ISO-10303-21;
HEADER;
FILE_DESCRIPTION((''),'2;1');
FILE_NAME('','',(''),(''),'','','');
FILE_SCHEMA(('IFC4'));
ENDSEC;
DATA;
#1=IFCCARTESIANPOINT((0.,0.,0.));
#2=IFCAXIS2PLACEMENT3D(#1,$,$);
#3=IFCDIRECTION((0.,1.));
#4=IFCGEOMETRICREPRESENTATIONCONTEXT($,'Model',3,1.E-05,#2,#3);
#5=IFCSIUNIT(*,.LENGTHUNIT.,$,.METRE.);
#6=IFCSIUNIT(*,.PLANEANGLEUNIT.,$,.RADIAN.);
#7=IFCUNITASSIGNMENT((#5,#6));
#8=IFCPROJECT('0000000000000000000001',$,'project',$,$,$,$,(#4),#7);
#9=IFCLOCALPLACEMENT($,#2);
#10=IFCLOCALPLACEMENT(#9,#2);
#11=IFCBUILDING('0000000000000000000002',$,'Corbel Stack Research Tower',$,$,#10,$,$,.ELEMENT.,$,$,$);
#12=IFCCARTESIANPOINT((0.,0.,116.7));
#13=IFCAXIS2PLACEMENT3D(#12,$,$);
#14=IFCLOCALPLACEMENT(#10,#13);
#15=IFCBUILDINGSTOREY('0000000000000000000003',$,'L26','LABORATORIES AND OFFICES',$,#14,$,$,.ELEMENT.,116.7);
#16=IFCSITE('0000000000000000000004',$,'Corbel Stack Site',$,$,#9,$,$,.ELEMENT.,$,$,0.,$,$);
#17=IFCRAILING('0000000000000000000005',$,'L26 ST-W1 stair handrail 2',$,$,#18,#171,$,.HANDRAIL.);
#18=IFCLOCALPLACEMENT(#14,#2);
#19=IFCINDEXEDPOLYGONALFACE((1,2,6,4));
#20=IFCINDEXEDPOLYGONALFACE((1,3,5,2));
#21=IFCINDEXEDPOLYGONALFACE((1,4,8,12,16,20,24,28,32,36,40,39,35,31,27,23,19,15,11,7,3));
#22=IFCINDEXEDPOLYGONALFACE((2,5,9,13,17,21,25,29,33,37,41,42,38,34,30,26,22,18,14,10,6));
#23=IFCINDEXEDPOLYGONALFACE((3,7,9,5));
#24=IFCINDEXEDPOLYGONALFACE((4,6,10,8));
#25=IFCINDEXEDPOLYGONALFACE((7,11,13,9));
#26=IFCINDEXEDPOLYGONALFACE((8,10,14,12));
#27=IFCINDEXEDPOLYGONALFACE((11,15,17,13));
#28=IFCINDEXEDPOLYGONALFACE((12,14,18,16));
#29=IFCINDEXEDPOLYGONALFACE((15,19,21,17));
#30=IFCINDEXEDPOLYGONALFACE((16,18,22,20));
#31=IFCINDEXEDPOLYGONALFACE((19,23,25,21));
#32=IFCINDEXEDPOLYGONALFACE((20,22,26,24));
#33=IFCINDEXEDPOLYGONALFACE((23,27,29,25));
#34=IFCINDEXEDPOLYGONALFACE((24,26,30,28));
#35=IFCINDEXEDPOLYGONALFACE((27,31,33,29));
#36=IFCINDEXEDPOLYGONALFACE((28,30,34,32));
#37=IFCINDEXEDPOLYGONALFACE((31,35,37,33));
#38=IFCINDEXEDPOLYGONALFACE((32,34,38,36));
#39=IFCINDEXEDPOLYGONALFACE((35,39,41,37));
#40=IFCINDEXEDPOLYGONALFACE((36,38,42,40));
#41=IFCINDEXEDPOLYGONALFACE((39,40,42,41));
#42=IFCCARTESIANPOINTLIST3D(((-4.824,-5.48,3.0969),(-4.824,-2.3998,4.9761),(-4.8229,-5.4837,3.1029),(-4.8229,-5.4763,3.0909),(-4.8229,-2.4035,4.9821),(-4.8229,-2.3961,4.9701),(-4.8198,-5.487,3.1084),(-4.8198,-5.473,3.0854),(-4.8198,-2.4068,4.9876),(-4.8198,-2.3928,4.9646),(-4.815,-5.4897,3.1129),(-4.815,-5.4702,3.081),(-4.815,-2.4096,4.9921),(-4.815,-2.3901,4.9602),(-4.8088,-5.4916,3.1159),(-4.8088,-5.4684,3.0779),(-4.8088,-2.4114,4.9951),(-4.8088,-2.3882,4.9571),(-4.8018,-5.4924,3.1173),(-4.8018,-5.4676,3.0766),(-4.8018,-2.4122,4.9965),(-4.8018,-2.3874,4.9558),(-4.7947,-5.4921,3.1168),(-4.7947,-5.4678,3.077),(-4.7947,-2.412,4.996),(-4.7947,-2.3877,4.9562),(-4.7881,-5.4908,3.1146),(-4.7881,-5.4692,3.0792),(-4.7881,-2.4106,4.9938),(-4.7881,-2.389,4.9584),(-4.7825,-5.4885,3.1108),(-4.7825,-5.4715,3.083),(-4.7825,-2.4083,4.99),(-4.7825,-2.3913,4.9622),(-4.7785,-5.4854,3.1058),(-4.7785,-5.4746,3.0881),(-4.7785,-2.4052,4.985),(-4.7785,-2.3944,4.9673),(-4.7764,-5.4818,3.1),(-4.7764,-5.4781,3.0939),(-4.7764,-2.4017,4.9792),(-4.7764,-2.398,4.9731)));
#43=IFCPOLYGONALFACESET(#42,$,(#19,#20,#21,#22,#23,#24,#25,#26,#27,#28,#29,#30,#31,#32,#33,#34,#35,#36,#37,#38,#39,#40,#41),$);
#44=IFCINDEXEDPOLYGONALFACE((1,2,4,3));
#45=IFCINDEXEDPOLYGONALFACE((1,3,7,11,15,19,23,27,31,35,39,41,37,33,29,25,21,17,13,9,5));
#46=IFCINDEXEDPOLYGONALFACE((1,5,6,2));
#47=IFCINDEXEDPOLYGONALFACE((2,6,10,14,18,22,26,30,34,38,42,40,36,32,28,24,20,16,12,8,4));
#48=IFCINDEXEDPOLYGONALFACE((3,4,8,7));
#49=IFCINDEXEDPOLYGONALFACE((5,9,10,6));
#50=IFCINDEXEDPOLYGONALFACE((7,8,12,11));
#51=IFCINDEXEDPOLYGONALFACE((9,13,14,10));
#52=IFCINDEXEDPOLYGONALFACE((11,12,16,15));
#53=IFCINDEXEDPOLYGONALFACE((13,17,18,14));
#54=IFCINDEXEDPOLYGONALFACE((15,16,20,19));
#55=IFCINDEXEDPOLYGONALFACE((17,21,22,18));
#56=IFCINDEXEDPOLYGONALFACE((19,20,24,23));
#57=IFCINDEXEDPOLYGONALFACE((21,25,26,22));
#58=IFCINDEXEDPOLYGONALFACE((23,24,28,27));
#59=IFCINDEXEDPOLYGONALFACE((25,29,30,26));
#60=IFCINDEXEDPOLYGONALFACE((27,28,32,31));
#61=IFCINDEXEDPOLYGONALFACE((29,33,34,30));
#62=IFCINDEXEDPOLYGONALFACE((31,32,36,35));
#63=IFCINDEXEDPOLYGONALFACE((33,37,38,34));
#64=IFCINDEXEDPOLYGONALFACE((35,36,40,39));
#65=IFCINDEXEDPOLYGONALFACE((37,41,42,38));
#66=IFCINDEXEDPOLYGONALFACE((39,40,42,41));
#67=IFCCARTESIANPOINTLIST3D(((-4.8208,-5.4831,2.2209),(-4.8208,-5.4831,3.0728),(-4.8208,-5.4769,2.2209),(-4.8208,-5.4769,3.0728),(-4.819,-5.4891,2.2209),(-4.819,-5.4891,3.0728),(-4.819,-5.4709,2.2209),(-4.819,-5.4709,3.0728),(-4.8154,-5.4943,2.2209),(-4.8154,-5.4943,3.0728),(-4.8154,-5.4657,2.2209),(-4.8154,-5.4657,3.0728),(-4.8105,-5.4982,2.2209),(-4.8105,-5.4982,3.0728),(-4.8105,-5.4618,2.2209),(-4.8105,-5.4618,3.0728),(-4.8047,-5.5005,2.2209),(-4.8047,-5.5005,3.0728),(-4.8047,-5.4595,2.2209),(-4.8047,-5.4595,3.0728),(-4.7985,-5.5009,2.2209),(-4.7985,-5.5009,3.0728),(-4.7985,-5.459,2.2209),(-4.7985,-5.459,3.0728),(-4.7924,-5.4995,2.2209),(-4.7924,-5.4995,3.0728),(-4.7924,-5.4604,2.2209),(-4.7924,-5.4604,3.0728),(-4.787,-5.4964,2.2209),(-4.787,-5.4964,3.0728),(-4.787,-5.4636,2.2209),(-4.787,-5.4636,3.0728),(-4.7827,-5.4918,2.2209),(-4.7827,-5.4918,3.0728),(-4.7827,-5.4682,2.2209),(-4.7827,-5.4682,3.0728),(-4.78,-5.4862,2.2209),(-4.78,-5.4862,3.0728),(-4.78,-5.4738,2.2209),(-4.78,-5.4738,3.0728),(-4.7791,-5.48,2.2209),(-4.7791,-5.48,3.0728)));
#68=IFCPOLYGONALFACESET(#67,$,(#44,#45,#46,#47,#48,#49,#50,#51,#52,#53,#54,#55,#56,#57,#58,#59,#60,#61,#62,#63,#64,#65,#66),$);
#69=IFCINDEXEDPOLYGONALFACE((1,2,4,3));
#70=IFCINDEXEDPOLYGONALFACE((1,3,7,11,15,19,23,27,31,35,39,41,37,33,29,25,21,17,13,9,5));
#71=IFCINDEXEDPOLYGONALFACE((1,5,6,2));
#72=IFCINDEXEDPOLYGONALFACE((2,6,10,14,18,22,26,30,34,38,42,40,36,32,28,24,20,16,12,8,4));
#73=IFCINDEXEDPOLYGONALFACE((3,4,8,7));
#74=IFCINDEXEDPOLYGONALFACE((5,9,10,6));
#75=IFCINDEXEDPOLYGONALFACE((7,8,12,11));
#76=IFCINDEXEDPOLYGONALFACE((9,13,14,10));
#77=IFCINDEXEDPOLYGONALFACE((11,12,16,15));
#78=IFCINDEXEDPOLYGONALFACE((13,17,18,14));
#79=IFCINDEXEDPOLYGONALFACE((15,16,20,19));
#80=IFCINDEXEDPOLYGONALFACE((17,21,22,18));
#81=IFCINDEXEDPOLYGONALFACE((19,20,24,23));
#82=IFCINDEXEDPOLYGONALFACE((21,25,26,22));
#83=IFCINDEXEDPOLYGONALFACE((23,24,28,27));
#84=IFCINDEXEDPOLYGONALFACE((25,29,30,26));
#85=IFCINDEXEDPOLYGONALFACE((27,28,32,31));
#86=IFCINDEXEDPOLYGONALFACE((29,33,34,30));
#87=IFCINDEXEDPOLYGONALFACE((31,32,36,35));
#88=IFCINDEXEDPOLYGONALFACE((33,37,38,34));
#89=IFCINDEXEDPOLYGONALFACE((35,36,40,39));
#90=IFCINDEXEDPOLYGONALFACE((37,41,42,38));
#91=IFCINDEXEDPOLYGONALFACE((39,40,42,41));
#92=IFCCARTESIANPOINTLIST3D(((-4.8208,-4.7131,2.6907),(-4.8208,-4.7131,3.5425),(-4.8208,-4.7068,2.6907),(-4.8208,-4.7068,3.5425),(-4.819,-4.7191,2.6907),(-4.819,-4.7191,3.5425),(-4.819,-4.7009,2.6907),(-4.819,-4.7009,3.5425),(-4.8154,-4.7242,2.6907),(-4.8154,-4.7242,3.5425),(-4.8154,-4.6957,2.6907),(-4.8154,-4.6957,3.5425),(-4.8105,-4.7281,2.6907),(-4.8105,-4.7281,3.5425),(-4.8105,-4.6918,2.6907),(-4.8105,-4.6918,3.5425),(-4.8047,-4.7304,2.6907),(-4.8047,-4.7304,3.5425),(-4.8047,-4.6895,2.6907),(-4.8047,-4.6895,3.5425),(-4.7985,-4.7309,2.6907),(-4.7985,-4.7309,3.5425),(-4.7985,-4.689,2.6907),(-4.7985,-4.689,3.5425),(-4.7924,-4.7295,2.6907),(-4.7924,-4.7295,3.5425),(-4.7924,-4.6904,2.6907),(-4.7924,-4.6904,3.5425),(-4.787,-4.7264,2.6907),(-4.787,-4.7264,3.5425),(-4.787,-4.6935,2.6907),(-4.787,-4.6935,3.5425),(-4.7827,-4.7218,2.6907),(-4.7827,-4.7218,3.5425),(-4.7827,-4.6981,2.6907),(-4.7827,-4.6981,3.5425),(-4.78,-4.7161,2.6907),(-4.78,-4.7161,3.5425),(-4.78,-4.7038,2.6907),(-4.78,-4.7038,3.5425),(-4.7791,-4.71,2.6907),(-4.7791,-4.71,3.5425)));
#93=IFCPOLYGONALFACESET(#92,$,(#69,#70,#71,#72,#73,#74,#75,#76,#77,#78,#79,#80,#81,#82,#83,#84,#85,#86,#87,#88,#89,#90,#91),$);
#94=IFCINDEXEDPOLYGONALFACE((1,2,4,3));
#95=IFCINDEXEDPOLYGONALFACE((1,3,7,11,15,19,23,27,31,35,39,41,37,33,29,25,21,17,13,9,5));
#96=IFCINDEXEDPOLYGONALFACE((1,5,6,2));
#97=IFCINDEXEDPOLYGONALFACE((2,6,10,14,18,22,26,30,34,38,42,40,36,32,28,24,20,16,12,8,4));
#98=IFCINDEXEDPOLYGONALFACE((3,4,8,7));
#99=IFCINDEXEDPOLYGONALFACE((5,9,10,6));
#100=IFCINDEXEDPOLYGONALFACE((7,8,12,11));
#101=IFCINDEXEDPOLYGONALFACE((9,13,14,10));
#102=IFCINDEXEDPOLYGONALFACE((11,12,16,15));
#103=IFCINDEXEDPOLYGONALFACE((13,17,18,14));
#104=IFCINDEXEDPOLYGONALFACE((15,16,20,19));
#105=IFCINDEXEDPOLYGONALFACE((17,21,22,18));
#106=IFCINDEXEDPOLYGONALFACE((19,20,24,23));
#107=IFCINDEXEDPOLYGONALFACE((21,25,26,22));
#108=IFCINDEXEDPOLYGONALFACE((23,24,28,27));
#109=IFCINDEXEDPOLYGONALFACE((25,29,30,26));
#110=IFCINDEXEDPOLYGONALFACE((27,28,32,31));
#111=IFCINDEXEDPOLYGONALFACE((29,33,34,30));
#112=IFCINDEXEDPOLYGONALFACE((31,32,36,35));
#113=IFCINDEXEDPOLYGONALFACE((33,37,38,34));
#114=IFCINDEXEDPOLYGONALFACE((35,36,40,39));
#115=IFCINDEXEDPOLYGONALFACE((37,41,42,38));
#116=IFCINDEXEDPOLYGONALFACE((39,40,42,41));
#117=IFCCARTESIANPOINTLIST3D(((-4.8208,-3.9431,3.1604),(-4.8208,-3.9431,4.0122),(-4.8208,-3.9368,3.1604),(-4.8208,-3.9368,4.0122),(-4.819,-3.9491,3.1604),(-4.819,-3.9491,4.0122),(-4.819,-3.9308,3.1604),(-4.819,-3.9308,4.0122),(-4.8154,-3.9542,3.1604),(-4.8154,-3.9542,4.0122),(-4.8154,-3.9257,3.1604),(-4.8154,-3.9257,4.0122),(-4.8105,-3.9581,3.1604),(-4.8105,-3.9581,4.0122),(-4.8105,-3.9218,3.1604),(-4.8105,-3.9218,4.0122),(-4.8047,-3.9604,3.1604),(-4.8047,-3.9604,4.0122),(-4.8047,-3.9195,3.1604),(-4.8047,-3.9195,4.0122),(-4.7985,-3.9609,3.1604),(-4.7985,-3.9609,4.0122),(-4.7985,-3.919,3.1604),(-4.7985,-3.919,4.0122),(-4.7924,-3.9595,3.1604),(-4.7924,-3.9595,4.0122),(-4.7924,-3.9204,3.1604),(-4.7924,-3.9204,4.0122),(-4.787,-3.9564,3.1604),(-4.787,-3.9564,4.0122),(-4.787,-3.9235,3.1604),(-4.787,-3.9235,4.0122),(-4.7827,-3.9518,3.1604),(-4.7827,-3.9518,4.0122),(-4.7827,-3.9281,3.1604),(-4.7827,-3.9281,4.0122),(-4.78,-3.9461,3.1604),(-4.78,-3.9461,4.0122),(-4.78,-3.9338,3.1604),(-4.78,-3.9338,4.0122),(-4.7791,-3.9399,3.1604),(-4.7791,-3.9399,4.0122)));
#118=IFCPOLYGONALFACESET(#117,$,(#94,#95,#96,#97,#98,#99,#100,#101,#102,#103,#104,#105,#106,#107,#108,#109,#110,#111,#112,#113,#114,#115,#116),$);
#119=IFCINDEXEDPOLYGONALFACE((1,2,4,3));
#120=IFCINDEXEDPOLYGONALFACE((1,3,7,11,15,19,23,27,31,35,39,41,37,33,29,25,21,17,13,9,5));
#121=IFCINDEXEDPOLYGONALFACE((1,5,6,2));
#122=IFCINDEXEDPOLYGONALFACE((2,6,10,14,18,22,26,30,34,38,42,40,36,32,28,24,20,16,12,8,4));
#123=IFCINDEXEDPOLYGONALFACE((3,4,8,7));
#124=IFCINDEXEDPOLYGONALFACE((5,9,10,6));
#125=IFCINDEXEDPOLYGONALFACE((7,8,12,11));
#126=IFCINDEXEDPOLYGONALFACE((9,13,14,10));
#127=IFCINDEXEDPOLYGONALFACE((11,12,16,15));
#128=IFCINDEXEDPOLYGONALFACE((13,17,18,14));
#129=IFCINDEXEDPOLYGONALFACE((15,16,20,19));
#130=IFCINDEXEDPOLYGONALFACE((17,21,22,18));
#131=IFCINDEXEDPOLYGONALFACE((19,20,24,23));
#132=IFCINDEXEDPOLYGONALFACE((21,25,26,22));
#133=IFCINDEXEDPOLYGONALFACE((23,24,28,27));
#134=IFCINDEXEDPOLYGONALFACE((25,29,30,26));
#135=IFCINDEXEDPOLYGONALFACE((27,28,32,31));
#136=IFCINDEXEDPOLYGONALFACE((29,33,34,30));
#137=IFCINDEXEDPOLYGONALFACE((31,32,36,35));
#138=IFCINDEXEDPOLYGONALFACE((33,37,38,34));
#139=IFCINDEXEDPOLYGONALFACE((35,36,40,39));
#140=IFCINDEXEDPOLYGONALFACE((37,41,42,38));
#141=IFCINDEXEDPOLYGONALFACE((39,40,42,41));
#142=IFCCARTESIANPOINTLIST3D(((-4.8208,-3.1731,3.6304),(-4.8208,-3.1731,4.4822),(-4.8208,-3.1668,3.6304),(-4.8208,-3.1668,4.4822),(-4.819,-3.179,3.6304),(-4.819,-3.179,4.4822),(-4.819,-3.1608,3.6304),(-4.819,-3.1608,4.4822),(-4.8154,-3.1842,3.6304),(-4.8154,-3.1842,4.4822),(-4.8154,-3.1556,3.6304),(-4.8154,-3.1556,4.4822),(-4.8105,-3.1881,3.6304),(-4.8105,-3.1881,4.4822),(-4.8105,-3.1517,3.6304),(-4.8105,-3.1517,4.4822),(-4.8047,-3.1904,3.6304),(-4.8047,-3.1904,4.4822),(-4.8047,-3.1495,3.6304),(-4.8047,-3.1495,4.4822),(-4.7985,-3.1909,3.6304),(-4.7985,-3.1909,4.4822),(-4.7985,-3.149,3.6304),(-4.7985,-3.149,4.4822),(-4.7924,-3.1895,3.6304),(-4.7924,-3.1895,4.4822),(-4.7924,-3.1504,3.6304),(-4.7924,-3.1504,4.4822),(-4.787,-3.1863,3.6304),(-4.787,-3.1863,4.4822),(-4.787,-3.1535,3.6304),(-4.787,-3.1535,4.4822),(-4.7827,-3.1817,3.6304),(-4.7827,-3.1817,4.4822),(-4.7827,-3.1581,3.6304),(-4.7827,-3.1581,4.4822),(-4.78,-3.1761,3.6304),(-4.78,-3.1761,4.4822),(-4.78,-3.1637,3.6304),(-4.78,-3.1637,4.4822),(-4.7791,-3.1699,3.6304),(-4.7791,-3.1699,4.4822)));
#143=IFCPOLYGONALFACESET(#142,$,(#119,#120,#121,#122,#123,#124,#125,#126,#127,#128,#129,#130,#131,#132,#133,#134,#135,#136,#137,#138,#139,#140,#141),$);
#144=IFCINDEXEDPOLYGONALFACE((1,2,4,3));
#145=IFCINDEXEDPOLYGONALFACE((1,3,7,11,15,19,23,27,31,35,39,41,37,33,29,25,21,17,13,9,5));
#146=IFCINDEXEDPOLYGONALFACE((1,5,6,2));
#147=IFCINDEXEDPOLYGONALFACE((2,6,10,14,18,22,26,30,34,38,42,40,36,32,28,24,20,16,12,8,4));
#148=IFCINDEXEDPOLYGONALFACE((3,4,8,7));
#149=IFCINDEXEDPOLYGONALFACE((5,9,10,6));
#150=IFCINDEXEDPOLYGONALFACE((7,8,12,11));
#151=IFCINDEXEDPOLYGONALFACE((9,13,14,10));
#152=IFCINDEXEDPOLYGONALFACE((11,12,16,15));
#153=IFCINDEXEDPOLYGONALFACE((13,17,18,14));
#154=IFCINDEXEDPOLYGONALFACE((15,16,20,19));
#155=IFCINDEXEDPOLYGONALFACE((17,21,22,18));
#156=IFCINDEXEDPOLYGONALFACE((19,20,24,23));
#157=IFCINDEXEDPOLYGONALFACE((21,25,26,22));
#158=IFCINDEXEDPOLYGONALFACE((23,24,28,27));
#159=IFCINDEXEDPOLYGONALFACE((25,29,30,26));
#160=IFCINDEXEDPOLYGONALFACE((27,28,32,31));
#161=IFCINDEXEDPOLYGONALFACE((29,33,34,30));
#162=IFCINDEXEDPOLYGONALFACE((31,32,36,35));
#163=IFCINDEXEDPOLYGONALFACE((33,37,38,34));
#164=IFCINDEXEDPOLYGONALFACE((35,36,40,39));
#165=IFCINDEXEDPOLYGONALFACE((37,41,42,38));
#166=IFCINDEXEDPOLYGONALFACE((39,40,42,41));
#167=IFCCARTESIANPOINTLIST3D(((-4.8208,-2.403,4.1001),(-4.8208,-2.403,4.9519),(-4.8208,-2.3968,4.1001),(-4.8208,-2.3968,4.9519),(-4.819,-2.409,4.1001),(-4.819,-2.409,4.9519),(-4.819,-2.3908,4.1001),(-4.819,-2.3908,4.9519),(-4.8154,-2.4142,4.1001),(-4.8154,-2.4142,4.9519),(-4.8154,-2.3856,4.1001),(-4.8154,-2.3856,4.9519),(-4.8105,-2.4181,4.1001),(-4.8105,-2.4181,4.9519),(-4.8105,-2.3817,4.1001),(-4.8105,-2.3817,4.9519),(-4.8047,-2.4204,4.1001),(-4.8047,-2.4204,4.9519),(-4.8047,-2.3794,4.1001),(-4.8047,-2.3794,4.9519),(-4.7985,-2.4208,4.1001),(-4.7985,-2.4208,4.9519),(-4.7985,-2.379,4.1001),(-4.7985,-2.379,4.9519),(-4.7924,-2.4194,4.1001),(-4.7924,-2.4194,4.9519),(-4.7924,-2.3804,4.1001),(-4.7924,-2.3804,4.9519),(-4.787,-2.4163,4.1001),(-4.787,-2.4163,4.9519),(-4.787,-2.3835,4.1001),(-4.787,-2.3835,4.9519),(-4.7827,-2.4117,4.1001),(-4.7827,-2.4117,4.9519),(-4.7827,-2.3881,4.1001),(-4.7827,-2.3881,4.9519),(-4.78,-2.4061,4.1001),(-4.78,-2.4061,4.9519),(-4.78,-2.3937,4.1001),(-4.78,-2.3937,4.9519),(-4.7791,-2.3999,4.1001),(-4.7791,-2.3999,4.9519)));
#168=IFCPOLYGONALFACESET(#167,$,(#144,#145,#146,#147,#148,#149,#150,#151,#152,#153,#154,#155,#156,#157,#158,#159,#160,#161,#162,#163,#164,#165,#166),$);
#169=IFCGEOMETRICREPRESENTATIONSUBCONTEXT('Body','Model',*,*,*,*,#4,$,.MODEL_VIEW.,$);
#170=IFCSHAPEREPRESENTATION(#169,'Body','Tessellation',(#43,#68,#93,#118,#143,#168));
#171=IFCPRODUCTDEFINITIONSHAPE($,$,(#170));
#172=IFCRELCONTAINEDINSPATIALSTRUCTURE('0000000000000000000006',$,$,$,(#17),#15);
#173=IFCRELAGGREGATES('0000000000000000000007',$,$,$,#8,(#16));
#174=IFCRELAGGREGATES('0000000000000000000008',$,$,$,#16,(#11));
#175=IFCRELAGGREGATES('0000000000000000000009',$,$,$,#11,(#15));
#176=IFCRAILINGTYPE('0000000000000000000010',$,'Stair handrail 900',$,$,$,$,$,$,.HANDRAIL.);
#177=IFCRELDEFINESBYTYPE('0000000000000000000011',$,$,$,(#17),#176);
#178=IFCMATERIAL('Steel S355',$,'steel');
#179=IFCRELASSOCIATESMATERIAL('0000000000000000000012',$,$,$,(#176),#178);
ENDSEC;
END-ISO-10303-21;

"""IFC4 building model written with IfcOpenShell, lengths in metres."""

from ifc_helpers import new_model, si_unit, direction, frame, origin, origin_2d, place, context, subcontext, project, spatial, circle, extrude, material, type_object, element, save


model = new_model("IFC4")

# Units and contexts
model_context = context("Model", 3, precision=1e-05, world=origin(), true_north=direction((0.0, 1.0)))
body_context = subcontext(model_context, "Body", "Model", "MODEL_VIEW")
ifc_project = project(units=[si_unit("LENGTHUNIT", "METRE"), si_unit("PLANEANGLEUNIT", "RADIAN")], contexts=[model_context])

# Site, building, storey
site_placement = place(None, origin())
site = spatial("IfcSite", under=ifc_project, at=site_placement, Name="Corbel Stack Site", CompositionType="ELEMENT", RefElevation=0.0)
building_placement = place(site_placement, origin())
building = spatial("IfcBuilding", under=site, at=building_placement, Name="Corbel Stack Research Tower", CompositionType="ELEMENT")
storey_placement = place(building_placement, frame((0.0, 0.0, 116.7)))
storey = spatial("IfcBuildingStorey", under=building, at=storey_placement, Name="L26", Description="LABORATORIES AND OFFICES", CompositionType="ELEMENT", Elevation=116.7)

# Railing
ifc_material_1 = material(Name="Steel S355", Category="steel")
railing_type_1 = type_object("IfcRailingType", Name="Stair handrail 900", PredefinedType="HANDRAIL", material=ifc_material_1)
railing_1_placement = place(storey_placement, frame((-4.8, -5.48, 2.2209)))
element("IfcRailing", 1, at=railing_1_placement, inside=storey, type_object=railing_type_1, Name="L26 ST-W1 stair handrail 2", PredefinedType="HANDRAIL", context=body_context, shape_type="SweptSolid", body=[
    extrude(circle(Radius=0.0239, at=origin_2d()), frame((0.0, 0.0, 0.876), z_axis=(0.0, 0.853666, 0.52082), x_axis=(-1.0, 0.0, 0.0)), (0.0, 0.0, 1.0), 3.6082),
    extrude(circle(Radius=0.021, at=origin_2d()), origin(), (0.0, 0.0, 1.0), 0.8518),
    extrude(circle(Radius=0.021, at=origin_2d()), frame((0.0, 0.77, 0.4697)), (0.0, 0.0, 1.0), 0.8518),
    extrude(circle(Radius=0.021, at=origin_2d()), frame((0.0, 1.54, 0.9395)), (0.0, 0.0, 1.0), 0.8518),
    extrude(circle(Radius=0.021, at=origin_2d()), frame((0.0, 2.3101, 1.4094)), (0.0, 0.0, 1.0), 0.8518),
    extrude(circle(Radius=0.021, at=origin_2d()), frame((0.0, 3.0801, 1.8792)), (0.0, 0.0, 1.0), 0.8518),
])

save(model, "model.ifc")
